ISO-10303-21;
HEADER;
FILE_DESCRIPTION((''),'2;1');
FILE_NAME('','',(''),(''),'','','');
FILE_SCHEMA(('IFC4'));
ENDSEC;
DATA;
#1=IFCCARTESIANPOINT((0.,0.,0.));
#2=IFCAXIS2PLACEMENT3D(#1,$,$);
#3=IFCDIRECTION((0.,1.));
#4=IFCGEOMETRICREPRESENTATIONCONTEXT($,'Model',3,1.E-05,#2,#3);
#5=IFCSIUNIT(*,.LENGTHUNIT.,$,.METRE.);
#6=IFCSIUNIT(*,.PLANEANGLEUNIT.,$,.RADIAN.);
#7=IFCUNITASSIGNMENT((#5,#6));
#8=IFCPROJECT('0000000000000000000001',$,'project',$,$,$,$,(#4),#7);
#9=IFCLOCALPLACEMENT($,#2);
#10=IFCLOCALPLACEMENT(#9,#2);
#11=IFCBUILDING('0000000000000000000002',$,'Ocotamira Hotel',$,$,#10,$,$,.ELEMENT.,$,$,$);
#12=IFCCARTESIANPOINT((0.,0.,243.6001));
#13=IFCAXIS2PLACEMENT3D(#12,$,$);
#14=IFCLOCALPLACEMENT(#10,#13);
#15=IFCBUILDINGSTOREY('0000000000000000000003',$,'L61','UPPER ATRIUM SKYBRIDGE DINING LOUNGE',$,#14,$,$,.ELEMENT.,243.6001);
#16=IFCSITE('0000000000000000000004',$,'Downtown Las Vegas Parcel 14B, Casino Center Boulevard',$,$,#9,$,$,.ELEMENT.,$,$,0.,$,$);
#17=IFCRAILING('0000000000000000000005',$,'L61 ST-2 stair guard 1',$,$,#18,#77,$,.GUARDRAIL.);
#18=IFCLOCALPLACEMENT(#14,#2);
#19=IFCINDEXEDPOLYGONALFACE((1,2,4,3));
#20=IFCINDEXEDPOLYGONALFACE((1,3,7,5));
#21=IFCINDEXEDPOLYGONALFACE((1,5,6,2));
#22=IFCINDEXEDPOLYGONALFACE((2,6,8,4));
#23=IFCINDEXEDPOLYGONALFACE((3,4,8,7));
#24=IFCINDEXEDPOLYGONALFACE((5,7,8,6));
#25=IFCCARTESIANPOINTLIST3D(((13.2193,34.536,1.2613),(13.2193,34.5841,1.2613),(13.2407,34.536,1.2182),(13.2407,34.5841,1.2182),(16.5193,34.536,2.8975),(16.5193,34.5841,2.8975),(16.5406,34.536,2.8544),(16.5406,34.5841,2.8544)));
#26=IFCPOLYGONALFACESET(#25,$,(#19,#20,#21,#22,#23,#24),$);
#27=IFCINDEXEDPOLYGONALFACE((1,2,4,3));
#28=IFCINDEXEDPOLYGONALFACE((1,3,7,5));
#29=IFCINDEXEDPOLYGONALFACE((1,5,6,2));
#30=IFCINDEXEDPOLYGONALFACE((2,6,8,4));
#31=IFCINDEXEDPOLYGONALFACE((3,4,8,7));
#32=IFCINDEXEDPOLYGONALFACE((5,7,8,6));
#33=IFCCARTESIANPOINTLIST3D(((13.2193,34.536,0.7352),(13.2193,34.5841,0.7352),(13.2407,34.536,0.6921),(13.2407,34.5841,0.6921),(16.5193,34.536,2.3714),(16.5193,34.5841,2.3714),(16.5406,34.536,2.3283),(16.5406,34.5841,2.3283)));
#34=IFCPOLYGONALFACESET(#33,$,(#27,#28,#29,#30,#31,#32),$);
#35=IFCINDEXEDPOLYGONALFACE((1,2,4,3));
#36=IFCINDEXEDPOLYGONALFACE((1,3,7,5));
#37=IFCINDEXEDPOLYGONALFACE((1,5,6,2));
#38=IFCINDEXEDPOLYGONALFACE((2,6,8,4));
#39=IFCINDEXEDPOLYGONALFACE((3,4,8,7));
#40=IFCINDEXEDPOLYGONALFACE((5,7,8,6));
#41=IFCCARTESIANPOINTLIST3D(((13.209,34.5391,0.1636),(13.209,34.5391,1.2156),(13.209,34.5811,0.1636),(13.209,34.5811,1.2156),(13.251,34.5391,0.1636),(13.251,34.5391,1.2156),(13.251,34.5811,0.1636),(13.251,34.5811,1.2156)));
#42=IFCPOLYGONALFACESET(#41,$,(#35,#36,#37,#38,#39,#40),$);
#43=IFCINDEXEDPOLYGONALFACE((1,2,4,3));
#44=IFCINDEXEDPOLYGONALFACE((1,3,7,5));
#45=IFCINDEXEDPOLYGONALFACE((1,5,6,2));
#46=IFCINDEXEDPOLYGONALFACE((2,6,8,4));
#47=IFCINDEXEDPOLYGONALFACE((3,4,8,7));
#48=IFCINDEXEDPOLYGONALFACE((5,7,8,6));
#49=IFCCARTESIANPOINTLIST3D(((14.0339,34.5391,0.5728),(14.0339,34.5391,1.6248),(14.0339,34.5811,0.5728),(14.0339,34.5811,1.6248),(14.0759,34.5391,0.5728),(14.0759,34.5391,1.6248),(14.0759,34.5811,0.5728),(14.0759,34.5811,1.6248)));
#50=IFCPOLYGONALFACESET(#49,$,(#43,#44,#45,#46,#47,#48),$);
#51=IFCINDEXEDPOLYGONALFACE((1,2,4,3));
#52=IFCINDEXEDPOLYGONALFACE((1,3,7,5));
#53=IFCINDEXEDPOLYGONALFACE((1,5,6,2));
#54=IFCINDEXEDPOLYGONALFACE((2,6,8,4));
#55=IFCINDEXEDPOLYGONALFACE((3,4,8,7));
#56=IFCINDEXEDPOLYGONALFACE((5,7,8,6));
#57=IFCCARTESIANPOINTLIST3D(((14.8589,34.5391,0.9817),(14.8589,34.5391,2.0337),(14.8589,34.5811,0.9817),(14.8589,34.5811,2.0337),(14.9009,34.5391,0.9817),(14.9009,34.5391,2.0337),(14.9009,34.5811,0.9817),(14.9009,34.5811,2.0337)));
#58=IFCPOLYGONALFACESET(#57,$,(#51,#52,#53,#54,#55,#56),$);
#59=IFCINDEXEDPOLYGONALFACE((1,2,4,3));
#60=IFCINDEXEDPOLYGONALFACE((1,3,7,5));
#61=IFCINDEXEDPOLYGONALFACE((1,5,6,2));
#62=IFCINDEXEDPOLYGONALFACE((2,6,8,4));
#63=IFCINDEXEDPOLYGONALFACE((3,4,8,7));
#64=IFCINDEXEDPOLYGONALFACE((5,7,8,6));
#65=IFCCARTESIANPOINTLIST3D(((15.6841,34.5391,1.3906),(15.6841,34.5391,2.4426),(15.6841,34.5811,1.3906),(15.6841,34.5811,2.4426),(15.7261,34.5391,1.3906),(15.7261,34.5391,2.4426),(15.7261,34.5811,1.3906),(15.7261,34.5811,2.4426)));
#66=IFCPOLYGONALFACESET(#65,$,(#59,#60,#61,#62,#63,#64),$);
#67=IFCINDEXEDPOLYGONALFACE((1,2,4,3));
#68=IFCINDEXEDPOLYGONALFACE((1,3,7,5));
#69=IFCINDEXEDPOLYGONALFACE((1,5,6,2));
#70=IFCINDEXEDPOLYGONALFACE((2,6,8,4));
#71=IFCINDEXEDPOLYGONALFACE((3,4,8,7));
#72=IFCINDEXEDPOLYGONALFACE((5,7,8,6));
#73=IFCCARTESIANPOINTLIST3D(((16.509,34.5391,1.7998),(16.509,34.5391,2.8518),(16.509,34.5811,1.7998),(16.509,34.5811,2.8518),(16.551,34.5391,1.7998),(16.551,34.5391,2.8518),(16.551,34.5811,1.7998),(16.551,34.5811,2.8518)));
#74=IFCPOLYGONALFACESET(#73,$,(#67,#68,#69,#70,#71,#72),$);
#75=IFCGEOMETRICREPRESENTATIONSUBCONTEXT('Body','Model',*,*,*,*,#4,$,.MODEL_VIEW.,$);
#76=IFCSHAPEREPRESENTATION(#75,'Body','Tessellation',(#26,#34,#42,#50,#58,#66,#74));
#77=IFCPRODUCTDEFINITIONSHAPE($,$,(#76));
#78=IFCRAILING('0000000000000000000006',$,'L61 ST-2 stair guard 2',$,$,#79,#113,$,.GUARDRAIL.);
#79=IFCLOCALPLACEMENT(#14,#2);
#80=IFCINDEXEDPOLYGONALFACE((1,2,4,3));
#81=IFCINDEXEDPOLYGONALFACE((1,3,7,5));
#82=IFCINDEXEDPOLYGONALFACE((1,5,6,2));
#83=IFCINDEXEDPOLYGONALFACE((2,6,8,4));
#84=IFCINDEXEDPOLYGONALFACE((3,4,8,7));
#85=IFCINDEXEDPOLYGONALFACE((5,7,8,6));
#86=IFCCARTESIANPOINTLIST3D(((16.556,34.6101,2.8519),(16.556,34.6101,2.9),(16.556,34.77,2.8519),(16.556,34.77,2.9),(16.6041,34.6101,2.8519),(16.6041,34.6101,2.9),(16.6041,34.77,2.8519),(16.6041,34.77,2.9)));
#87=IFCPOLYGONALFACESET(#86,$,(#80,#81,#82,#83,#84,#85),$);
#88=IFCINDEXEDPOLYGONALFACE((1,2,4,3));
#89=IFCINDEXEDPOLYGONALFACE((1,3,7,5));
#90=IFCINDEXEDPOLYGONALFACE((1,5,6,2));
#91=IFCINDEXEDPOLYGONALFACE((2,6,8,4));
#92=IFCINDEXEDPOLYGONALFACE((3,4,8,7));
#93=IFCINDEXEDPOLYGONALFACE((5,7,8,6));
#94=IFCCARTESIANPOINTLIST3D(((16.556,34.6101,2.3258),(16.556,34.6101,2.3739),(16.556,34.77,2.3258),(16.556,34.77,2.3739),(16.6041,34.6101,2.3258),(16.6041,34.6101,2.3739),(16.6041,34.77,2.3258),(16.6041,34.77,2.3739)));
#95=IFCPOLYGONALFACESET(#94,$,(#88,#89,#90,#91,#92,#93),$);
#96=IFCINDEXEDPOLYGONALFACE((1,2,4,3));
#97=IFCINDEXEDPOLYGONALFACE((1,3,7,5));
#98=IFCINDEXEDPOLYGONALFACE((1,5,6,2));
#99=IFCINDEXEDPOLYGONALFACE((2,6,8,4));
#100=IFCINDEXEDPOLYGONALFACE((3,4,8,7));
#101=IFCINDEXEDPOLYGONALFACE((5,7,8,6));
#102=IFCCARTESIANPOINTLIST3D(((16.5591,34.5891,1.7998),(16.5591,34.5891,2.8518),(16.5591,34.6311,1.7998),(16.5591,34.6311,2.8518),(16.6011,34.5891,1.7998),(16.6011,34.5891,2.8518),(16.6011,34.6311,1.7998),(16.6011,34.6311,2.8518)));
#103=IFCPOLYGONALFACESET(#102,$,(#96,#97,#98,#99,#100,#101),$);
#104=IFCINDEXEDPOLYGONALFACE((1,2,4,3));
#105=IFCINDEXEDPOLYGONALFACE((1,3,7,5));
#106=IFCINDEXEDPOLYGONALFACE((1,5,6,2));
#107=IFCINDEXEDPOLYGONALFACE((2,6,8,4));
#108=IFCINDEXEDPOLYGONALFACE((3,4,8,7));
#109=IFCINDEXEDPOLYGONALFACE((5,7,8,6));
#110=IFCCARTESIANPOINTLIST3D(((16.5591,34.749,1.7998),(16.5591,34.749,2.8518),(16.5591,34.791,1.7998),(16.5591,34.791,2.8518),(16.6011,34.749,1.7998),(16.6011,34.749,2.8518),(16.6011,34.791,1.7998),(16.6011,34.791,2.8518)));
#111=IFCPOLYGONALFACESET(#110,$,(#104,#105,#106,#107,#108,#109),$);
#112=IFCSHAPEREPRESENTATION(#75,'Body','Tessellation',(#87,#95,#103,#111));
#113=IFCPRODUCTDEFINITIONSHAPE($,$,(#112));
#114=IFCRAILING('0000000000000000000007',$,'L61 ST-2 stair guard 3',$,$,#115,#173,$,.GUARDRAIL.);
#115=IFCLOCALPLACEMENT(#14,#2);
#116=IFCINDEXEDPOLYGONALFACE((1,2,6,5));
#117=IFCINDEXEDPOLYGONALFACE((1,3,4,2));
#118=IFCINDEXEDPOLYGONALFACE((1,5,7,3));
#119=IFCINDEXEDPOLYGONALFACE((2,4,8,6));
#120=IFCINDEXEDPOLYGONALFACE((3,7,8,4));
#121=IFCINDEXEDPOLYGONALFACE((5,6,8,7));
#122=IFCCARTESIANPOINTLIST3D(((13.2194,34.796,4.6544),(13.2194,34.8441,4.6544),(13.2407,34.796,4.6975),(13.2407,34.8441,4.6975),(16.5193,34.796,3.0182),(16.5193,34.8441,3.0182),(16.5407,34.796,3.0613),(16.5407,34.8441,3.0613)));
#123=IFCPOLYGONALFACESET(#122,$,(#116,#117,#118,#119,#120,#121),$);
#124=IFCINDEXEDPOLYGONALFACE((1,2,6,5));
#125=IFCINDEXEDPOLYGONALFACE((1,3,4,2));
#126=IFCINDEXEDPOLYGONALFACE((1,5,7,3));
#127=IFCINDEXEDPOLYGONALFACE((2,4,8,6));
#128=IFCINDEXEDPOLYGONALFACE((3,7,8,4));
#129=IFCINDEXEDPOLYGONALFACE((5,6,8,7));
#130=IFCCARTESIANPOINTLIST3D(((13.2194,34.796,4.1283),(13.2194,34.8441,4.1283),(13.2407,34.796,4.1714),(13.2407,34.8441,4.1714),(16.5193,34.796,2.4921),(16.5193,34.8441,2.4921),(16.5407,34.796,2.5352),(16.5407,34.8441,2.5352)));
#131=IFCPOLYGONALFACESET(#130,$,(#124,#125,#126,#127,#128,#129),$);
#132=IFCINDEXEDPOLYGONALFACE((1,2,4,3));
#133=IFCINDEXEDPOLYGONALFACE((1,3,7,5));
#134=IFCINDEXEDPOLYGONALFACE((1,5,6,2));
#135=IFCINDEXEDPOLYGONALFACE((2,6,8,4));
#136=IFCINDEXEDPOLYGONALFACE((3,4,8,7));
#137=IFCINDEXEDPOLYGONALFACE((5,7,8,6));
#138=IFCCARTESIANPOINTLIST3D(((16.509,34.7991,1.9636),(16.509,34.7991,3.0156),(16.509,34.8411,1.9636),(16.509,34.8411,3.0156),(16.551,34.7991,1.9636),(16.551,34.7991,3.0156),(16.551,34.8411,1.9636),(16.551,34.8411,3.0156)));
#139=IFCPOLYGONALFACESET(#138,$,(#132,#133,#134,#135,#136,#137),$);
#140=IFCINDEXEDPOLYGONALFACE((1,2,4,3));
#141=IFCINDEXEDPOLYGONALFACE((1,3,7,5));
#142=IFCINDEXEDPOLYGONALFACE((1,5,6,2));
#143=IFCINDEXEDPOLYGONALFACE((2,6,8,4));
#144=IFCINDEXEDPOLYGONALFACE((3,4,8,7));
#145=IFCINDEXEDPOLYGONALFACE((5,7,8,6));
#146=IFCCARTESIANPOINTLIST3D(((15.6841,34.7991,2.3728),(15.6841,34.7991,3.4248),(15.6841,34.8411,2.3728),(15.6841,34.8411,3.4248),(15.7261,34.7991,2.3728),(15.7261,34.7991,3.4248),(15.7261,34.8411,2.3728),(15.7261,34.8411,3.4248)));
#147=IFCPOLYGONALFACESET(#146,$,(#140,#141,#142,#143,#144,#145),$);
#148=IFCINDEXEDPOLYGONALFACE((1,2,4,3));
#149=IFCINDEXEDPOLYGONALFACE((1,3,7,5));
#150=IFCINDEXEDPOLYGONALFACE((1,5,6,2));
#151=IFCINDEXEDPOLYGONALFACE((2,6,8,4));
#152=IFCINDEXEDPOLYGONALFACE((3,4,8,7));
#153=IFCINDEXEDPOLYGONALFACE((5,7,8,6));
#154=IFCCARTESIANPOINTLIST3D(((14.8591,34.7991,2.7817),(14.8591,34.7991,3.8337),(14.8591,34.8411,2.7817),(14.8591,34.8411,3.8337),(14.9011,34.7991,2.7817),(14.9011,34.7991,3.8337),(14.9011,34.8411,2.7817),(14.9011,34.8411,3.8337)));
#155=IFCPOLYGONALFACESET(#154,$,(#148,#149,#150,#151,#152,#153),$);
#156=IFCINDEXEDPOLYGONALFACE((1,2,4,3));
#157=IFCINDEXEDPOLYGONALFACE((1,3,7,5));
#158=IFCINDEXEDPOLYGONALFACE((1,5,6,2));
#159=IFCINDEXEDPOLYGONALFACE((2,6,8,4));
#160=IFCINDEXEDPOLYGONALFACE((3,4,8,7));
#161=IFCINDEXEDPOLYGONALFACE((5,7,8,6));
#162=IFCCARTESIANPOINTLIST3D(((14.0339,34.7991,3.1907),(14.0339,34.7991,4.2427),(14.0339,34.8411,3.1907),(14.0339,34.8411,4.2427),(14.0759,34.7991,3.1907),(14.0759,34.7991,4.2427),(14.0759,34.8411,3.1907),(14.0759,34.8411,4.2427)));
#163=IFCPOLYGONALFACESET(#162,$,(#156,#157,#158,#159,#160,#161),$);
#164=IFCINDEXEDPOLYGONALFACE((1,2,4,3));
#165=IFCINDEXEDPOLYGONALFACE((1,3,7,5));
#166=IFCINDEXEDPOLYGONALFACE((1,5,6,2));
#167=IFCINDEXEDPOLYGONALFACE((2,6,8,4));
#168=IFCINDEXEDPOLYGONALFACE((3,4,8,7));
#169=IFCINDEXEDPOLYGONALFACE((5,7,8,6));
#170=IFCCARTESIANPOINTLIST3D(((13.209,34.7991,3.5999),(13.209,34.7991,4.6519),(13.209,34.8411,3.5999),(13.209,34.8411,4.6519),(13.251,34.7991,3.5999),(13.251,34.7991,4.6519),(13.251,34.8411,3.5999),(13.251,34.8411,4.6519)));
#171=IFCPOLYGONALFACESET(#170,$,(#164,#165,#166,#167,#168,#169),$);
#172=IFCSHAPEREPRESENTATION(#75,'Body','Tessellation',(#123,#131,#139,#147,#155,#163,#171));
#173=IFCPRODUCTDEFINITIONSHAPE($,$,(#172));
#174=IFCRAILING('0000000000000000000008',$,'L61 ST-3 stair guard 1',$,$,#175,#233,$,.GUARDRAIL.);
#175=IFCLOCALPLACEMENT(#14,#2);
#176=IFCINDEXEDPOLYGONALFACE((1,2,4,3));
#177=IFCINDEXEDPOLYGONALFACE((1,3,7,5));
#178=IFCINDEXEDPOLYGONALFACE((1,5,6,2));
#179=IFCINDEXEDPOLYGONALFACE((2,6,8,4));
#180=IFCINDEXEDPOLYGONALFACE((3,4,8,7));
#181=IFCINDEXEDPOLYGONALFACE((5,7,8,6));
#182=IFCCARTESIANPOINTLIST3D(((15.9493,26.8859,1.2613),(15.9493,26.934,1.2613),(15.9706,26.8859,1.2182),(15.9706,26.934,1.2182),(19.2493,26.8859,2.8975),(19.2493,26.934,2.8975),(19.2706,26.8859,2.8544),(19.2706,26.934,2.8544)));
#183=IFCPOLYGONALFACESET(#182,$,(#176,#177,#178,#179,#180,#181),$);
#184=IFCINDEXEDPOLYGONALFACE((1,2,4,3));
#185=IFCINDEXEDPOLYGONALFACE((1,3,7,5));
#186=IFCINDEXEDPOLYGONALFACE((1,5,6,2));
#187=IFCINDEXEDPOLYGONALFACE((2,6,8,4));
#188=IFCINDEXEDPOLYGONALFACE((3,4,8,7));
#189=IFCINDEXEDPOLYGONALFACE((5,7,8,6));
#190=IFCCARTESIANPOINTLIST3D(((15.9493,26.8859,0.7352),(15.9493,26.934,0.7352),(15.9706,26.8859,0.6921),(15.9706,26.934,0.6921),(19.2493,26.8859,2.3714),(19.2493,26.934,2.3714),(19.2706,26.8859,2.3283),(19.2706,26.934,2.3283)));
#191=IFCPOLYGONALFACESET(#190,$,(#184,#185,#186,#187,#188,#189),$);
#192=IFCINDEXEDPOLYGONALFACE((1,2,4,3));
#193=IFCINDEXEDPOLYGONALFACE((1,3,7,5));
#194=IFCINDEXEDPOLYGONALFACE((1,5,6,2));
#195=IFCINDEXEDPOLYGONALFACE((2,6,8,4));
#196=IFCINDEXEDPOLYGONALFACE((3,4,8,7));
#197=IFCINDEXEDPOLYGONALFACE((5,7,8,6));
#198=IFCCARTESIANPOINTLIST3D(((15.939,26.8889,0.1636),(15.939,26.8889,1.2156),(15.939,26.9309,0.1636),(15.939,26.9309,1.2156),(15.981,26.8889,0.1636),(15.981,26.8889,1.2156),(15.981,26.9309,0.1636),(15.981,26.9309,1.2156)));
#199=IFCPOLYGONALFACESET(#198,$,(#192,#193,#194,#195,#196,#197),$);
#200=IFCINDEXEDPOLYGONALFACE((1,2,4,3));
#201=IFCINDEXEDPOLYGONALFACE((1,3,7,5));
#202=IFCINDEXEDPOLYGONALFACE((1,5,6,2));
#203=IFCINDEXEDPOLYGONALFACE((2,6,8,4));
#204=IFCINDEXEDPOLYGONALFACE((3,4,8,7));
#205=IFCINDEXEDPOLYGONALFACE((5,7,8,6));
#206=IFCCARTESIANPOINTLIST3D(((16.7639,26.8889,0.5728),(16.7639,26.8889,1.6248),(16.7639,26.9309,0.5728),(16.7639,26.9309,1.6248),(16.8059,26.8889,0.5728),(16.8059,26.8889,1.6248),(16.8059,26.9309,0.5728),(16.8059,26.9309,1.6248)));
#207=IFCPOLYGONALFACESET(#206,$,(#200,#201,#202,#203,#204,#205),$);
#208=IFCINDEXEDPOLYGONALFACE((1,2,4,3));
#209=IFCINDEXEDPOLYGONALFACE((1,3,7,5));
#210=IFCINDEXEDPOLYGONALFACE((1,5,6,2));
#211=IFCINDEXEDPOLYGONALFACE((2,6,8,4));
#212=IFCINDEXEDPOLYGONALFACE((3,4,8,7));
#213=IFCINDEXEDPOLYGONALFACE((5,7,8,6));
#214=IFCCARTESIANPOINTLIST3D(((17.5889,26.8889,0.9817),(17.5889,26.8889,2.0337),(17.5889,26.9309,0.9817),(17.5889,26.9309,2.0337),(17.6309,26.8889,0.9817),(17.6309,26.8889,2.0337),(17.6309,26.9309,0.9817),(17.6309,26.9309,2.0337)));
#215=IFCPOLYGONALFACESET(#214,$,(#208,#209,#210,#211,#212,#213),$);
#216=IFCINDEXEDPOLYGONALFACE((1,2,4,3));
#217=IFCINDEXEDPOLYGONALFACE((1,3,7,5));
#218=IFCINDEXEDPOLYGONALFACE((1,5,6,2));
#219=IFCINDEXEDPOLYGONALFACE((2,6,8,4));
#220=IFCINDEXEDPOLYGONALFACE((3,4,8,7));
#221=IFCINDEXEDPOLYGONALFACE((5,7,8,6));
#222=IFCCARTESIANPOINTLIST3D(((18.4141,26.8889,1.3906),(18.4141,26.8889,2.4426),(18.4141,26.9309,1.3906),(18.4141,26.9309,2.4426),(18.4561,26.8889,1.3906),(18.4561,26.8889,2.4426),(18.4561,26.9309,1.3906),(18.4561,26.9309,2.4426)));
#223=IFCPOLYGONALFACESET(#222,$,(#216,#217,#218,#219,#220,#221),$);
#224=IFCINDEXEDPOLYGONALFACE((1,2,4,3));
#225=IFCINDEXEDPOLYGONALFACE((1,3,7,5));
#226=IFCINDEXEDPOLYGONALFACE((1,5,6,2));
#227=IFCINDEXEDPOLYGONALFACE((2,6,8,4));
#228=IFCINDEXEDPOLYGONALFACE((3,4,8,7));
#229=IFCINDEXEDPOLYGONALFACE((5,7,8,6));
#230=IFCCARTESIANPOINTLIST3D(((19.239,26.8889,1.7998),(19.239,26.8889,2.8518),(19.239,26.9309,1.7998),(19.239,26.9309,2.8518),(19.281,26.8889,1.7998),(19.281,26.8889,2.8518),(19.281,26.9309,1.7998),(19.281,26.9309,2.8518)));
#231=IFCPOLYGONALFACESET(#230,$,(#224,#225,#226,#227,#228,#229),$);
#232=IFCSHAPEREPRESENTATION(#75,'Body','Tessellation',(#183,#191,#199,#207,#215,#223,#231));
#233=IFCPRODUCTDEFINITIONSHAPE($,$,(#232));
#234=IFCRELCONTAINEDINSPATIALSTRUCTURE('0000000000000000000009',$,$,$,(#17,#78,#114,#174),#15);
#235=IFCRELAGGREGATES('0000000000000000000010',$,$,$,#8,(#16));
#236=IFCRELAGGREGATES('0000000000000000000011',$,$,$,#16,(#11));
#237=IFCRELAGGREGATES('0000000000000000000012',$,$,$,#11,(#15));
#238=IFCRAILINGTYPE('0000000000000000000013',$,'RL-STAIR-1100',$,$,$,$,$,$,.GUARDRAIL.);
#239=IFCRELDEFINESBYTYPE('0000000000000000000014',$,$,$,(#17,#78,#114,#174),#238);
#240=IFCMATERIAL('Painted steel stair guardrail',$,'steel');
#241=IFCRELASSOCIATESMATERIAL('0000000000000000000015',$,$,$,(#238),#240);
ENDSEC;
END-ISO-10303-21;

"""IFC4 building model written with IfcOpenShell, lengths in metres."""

from ifc_helpers import new_model, si_unit, direction, frame, origin, origin_2d, place, context, subcontext, project, spatial, rectangle, extrude, material, type_object, element, save


model = new_model("IFC4")

# Units and contexts
model_context = context("Model", 3, precision=1e-05, world=origin(), true_north=direction((0.0, 1.0)))
body_context = subcontext(model_context, "Body", "Model", "MODEL_VIEW")
ifc_project = project(units=[si_unit("LENGTHUNIT", "METRE"), si_unit("PLANEANGLEUNIT", "RADIAN")], contexts=[model_context])

# Site, building, storey
site_placement = place(None, origin())
site = spatial("IfcSite", under=ifc_project, at=site_placement, Name="Downtown Las Vegas Parcel 14B, Casino Center Boulevard", CompositionType="ELEMENT", RefElevation=0.0)
building_placement = place(site_placement, origin())
building = spatial("IfcBuilding", under=site, at=building_placement, Name="Ocotamira Hotel", CompositionType="ELEMENT")
storey_placement = place(building_placement, frame((0.0, 0.0, 243.6001)))
storey = spatial("IfcBuildingStorey", under=building, at=storey_placement, Name="L61", Description="UPPER ATRIUM SKYBRIDGE DINING LOUNGE", CompositionType="ELEMENT", Elevation=243.6001)

# Railings
ifc_material_1 = material(Name="Painted steel stair guardrail", Category="steel")
railing_type_1 = type_object("IfcRailingType", Name="RL-STAIR-1100", PredefinedType="GUARDRAIL", material=ifc_material_1)
railing_1_placement = place(storey_placement, frame((13.23, 34.5601, 0.1636)))
element("IfcRailing", 1, at=railing_1_placement, inside=storey, type_object=railing_type_1, Name="L61 ST-2 stair guard 1", PredefinedType="GUARDRAIL", context=body_context, shape_type="SweptSolid", body=[
    extrude(rectangle(XDim=0.0481, YDim=0.0481, at=origin_2d()), frame((0.0, 0.0, 1.0762), z_axis=(0.89592, 0.0, 0.444215), x_axis=(0.0, 1.0, 0.0)), (0.0, 0.0, 1.0), 3.6833),
    extrude(rectangle(XDim=0.0481, YDim=0.0481, at=origin_2d()), frame((0.0, 0.0, 0.55), z_axis=(0.89592, 0.0, 0.444215), x_axis=(0.0, 1.0, 0.0)), (0.0, 0.0, 1.0), 3.6833),
    extrude(rectangle(XDim=0.042, YDim=0.042, at=origin_2d()), origin(), (0.0, 0.0, 1.0), 1.052),
    extrude(rectangle(XDim=0.042, YDim=0.042, at=origin_2d()), frame((0.825, 0.0, 0.4092)), (0.0, 0.0, 1.0), 1.052),
    extrude(rectangle(XDim=0.042, YDim=0.042, at=origin_2d()), frame((1.6499, 0.0, 0.8181)), (0.0, 0.0, 1.0), 1.052),
    extrude(rectangle(XDim=0.042, YDim=0.042, at=origin_2d()), frame((2.4751, 0.0, 1.2271)), (0.0, 0.0, 1.0), 1.052),
    extrude(rectangle(XDim=0.042, YDim=0.042, at=origin_2d()), frame((3.3, 0.0, 1.6362)), (0.0, 0.0, 1.0), 1.052),
])
railing_2_placement = place(storey_placement, frame((16.5801, 34.6101, 1.7998)))
element("IfcRailing", 2, at=railing_2_placement, inside=storey, type_object=railing_type_1, Name="L61 ST-2 stair guard 2", PredefinedType="GUARDRAIL", context=body_context, shape_type="SweptSolid", body=[
    extrude(rectangle(XDim=0.0481, YDim=0.0481, at=origin_2d()), frame((0.0, 0.0, 1.0762), z_axis=(0.0, 1.0, 0.0), x_axis=(-1.0, 0.0, 0.0)), (0.0, 0.0, 1.0), 0.1599),
    extrude(rectangle(XDim=0.0481, YDim=0.0481, at=origin_2d()), frame((0.0, 0.0, 0.55), z_axis=(0.0, 1.0, 0.0), x_axis=(-1.0, 0.0, 0.0)), (0.0, 0.0, 1.0), 0.1599),
    extrude(rectangle(XDim=0.042, YDim=0.042, at=origin_2d()), origin(), (0.0, 0.0, 1.0), 1.052),
    extrude(rectangle(XDim=0.042, YDim=0.042, at=origin_2d()), frame((0.0, 0.1599, 0.0)), (0.0, 0.0, 1.0), 1.052),
])
railing_3_placement = place(storey_placement, frame((16.53, 34.8201, 1.9636)))
element("IfcRailing", 3, at=railing_3_placement, inside=storey, type_object=railing_type_1, Name="L61 ST-2 stair guard 3", PredefinedType="GUARDRAIL", context=body_context, shape_type="SweptSolid", body=[
    extrude(rectangle(XDim=0.0481, YDim=0.0481, at=origin_2d()), frame((0.0, 0.0, 1.0762), z_axis=(-0.89592, 0.0, 0.444215), x_axis=(0.0, -1.0, 0.0)), (0.0, 0.0, 1.0), 3.6833),
    extrude(rectangle(XDim=0.0481, YDim=0.0481, at=origin_2d()), frame((0.0, 0.0, 0.55), z_axis=(-0.89592, 0.0, 0.444215), x_axis=(0.0, -1.0, 0.0)), (0.0, 0.0, 1.0), 3.6833),
    extrude(rectangle(XDim=0.042, YDim=0.042, at=origin_2d()), origin(), (0.0, 0.0, 1.0), 1.052),
    extrude(rectangle(XDim=0.042, YDim=0.042, at=origin_2d()), frame((-0.825, 0.0, 0.4092)), (0.0, 0.0, 1.0), 1.052),
    extrude(rectangle(XDim=0.042, YDim=0.042, at=origin_2d()), frame((-1.6499, 0.0, 0.8181)), (0.0, 0.0, 1.0), 1.052),
    extrude(rectangle(XDim=0.042, YDim=0.042, at=origin_2d()), frame((-2.4751, 0.0, 1.2271)), (0.0, 0.0, 1.0), 1.052),
    extrude(rectangle(XDim=0.042, YDim=0.042, at=origin_2d()), frame((-3.3, 0.0, 1.6362)), (0.0, 0.0, 1.0), 1.052),
])
railing_4_placement = place(storey_placement, frame((15.96, 26.9099, 0.1636)))
element("IfcRailing", 4, at=railing_4_placement, inside=storey, type_object=railing_type_1, Name="L61 ST-3 stair guard 1", PredefinedType="GUARDRAIL", context=body_context, shape_type="SweptSolid", body=[
    extrude(rectangle(XDim=0.0481, YDim=0.0481, at=origin_2d()), frame((0.0, 0.0, 1.0762), z_axis=(0.89592, 0.0, 0.444215), x_axis=(0.0, 1.0, 0.0)), (0.0, 0.0, 1.0), 3.6833),
    extrude(rectangle(XDim=0.0481, YDim=0.0481, at=origin_2d()), frame((0.0, 0.0, 0.55), z_axis=(0.89592, 0.0, 0.444215), x_axis=(0.0, 1.0, 0.0)), (0.0, 0.0, 1.0), 3.6833),
    extrude(rectangle(XDim=0.042, YDim=0.042, at=origin_2d()), origin(), (0.0, 0.0, 1.0), 1.052),
    extrude(rectangle(XDim=0.042, YDim=0.042, at=origin_2d()), frame((0.825, 0.0, 0.4092)), (0.0, 0.0, 1.0), 1.052),
    extrude(rectangle(XDim=0.042, YDim=0.042, at=origin_2d()), frame((1.6499, 0.0, 0.8181)), (0.0, 0.0, 1.0), 1.052),
    extrude(rectangle(XDim=0.042, YDim=0.042, at=origin_2d()), frame((2.4751, 0.0, 1.2271)), (0.0, 0.0, 1.0), 1.052),
    extrude(rectangle(XDim=0.042, YDim=0.042, at=origin_2d()), frame((3.3, 0.0, 1.6362)), (0.0, 0.0, 1.0), 1.052),
])

save(model, "model.ifc")
